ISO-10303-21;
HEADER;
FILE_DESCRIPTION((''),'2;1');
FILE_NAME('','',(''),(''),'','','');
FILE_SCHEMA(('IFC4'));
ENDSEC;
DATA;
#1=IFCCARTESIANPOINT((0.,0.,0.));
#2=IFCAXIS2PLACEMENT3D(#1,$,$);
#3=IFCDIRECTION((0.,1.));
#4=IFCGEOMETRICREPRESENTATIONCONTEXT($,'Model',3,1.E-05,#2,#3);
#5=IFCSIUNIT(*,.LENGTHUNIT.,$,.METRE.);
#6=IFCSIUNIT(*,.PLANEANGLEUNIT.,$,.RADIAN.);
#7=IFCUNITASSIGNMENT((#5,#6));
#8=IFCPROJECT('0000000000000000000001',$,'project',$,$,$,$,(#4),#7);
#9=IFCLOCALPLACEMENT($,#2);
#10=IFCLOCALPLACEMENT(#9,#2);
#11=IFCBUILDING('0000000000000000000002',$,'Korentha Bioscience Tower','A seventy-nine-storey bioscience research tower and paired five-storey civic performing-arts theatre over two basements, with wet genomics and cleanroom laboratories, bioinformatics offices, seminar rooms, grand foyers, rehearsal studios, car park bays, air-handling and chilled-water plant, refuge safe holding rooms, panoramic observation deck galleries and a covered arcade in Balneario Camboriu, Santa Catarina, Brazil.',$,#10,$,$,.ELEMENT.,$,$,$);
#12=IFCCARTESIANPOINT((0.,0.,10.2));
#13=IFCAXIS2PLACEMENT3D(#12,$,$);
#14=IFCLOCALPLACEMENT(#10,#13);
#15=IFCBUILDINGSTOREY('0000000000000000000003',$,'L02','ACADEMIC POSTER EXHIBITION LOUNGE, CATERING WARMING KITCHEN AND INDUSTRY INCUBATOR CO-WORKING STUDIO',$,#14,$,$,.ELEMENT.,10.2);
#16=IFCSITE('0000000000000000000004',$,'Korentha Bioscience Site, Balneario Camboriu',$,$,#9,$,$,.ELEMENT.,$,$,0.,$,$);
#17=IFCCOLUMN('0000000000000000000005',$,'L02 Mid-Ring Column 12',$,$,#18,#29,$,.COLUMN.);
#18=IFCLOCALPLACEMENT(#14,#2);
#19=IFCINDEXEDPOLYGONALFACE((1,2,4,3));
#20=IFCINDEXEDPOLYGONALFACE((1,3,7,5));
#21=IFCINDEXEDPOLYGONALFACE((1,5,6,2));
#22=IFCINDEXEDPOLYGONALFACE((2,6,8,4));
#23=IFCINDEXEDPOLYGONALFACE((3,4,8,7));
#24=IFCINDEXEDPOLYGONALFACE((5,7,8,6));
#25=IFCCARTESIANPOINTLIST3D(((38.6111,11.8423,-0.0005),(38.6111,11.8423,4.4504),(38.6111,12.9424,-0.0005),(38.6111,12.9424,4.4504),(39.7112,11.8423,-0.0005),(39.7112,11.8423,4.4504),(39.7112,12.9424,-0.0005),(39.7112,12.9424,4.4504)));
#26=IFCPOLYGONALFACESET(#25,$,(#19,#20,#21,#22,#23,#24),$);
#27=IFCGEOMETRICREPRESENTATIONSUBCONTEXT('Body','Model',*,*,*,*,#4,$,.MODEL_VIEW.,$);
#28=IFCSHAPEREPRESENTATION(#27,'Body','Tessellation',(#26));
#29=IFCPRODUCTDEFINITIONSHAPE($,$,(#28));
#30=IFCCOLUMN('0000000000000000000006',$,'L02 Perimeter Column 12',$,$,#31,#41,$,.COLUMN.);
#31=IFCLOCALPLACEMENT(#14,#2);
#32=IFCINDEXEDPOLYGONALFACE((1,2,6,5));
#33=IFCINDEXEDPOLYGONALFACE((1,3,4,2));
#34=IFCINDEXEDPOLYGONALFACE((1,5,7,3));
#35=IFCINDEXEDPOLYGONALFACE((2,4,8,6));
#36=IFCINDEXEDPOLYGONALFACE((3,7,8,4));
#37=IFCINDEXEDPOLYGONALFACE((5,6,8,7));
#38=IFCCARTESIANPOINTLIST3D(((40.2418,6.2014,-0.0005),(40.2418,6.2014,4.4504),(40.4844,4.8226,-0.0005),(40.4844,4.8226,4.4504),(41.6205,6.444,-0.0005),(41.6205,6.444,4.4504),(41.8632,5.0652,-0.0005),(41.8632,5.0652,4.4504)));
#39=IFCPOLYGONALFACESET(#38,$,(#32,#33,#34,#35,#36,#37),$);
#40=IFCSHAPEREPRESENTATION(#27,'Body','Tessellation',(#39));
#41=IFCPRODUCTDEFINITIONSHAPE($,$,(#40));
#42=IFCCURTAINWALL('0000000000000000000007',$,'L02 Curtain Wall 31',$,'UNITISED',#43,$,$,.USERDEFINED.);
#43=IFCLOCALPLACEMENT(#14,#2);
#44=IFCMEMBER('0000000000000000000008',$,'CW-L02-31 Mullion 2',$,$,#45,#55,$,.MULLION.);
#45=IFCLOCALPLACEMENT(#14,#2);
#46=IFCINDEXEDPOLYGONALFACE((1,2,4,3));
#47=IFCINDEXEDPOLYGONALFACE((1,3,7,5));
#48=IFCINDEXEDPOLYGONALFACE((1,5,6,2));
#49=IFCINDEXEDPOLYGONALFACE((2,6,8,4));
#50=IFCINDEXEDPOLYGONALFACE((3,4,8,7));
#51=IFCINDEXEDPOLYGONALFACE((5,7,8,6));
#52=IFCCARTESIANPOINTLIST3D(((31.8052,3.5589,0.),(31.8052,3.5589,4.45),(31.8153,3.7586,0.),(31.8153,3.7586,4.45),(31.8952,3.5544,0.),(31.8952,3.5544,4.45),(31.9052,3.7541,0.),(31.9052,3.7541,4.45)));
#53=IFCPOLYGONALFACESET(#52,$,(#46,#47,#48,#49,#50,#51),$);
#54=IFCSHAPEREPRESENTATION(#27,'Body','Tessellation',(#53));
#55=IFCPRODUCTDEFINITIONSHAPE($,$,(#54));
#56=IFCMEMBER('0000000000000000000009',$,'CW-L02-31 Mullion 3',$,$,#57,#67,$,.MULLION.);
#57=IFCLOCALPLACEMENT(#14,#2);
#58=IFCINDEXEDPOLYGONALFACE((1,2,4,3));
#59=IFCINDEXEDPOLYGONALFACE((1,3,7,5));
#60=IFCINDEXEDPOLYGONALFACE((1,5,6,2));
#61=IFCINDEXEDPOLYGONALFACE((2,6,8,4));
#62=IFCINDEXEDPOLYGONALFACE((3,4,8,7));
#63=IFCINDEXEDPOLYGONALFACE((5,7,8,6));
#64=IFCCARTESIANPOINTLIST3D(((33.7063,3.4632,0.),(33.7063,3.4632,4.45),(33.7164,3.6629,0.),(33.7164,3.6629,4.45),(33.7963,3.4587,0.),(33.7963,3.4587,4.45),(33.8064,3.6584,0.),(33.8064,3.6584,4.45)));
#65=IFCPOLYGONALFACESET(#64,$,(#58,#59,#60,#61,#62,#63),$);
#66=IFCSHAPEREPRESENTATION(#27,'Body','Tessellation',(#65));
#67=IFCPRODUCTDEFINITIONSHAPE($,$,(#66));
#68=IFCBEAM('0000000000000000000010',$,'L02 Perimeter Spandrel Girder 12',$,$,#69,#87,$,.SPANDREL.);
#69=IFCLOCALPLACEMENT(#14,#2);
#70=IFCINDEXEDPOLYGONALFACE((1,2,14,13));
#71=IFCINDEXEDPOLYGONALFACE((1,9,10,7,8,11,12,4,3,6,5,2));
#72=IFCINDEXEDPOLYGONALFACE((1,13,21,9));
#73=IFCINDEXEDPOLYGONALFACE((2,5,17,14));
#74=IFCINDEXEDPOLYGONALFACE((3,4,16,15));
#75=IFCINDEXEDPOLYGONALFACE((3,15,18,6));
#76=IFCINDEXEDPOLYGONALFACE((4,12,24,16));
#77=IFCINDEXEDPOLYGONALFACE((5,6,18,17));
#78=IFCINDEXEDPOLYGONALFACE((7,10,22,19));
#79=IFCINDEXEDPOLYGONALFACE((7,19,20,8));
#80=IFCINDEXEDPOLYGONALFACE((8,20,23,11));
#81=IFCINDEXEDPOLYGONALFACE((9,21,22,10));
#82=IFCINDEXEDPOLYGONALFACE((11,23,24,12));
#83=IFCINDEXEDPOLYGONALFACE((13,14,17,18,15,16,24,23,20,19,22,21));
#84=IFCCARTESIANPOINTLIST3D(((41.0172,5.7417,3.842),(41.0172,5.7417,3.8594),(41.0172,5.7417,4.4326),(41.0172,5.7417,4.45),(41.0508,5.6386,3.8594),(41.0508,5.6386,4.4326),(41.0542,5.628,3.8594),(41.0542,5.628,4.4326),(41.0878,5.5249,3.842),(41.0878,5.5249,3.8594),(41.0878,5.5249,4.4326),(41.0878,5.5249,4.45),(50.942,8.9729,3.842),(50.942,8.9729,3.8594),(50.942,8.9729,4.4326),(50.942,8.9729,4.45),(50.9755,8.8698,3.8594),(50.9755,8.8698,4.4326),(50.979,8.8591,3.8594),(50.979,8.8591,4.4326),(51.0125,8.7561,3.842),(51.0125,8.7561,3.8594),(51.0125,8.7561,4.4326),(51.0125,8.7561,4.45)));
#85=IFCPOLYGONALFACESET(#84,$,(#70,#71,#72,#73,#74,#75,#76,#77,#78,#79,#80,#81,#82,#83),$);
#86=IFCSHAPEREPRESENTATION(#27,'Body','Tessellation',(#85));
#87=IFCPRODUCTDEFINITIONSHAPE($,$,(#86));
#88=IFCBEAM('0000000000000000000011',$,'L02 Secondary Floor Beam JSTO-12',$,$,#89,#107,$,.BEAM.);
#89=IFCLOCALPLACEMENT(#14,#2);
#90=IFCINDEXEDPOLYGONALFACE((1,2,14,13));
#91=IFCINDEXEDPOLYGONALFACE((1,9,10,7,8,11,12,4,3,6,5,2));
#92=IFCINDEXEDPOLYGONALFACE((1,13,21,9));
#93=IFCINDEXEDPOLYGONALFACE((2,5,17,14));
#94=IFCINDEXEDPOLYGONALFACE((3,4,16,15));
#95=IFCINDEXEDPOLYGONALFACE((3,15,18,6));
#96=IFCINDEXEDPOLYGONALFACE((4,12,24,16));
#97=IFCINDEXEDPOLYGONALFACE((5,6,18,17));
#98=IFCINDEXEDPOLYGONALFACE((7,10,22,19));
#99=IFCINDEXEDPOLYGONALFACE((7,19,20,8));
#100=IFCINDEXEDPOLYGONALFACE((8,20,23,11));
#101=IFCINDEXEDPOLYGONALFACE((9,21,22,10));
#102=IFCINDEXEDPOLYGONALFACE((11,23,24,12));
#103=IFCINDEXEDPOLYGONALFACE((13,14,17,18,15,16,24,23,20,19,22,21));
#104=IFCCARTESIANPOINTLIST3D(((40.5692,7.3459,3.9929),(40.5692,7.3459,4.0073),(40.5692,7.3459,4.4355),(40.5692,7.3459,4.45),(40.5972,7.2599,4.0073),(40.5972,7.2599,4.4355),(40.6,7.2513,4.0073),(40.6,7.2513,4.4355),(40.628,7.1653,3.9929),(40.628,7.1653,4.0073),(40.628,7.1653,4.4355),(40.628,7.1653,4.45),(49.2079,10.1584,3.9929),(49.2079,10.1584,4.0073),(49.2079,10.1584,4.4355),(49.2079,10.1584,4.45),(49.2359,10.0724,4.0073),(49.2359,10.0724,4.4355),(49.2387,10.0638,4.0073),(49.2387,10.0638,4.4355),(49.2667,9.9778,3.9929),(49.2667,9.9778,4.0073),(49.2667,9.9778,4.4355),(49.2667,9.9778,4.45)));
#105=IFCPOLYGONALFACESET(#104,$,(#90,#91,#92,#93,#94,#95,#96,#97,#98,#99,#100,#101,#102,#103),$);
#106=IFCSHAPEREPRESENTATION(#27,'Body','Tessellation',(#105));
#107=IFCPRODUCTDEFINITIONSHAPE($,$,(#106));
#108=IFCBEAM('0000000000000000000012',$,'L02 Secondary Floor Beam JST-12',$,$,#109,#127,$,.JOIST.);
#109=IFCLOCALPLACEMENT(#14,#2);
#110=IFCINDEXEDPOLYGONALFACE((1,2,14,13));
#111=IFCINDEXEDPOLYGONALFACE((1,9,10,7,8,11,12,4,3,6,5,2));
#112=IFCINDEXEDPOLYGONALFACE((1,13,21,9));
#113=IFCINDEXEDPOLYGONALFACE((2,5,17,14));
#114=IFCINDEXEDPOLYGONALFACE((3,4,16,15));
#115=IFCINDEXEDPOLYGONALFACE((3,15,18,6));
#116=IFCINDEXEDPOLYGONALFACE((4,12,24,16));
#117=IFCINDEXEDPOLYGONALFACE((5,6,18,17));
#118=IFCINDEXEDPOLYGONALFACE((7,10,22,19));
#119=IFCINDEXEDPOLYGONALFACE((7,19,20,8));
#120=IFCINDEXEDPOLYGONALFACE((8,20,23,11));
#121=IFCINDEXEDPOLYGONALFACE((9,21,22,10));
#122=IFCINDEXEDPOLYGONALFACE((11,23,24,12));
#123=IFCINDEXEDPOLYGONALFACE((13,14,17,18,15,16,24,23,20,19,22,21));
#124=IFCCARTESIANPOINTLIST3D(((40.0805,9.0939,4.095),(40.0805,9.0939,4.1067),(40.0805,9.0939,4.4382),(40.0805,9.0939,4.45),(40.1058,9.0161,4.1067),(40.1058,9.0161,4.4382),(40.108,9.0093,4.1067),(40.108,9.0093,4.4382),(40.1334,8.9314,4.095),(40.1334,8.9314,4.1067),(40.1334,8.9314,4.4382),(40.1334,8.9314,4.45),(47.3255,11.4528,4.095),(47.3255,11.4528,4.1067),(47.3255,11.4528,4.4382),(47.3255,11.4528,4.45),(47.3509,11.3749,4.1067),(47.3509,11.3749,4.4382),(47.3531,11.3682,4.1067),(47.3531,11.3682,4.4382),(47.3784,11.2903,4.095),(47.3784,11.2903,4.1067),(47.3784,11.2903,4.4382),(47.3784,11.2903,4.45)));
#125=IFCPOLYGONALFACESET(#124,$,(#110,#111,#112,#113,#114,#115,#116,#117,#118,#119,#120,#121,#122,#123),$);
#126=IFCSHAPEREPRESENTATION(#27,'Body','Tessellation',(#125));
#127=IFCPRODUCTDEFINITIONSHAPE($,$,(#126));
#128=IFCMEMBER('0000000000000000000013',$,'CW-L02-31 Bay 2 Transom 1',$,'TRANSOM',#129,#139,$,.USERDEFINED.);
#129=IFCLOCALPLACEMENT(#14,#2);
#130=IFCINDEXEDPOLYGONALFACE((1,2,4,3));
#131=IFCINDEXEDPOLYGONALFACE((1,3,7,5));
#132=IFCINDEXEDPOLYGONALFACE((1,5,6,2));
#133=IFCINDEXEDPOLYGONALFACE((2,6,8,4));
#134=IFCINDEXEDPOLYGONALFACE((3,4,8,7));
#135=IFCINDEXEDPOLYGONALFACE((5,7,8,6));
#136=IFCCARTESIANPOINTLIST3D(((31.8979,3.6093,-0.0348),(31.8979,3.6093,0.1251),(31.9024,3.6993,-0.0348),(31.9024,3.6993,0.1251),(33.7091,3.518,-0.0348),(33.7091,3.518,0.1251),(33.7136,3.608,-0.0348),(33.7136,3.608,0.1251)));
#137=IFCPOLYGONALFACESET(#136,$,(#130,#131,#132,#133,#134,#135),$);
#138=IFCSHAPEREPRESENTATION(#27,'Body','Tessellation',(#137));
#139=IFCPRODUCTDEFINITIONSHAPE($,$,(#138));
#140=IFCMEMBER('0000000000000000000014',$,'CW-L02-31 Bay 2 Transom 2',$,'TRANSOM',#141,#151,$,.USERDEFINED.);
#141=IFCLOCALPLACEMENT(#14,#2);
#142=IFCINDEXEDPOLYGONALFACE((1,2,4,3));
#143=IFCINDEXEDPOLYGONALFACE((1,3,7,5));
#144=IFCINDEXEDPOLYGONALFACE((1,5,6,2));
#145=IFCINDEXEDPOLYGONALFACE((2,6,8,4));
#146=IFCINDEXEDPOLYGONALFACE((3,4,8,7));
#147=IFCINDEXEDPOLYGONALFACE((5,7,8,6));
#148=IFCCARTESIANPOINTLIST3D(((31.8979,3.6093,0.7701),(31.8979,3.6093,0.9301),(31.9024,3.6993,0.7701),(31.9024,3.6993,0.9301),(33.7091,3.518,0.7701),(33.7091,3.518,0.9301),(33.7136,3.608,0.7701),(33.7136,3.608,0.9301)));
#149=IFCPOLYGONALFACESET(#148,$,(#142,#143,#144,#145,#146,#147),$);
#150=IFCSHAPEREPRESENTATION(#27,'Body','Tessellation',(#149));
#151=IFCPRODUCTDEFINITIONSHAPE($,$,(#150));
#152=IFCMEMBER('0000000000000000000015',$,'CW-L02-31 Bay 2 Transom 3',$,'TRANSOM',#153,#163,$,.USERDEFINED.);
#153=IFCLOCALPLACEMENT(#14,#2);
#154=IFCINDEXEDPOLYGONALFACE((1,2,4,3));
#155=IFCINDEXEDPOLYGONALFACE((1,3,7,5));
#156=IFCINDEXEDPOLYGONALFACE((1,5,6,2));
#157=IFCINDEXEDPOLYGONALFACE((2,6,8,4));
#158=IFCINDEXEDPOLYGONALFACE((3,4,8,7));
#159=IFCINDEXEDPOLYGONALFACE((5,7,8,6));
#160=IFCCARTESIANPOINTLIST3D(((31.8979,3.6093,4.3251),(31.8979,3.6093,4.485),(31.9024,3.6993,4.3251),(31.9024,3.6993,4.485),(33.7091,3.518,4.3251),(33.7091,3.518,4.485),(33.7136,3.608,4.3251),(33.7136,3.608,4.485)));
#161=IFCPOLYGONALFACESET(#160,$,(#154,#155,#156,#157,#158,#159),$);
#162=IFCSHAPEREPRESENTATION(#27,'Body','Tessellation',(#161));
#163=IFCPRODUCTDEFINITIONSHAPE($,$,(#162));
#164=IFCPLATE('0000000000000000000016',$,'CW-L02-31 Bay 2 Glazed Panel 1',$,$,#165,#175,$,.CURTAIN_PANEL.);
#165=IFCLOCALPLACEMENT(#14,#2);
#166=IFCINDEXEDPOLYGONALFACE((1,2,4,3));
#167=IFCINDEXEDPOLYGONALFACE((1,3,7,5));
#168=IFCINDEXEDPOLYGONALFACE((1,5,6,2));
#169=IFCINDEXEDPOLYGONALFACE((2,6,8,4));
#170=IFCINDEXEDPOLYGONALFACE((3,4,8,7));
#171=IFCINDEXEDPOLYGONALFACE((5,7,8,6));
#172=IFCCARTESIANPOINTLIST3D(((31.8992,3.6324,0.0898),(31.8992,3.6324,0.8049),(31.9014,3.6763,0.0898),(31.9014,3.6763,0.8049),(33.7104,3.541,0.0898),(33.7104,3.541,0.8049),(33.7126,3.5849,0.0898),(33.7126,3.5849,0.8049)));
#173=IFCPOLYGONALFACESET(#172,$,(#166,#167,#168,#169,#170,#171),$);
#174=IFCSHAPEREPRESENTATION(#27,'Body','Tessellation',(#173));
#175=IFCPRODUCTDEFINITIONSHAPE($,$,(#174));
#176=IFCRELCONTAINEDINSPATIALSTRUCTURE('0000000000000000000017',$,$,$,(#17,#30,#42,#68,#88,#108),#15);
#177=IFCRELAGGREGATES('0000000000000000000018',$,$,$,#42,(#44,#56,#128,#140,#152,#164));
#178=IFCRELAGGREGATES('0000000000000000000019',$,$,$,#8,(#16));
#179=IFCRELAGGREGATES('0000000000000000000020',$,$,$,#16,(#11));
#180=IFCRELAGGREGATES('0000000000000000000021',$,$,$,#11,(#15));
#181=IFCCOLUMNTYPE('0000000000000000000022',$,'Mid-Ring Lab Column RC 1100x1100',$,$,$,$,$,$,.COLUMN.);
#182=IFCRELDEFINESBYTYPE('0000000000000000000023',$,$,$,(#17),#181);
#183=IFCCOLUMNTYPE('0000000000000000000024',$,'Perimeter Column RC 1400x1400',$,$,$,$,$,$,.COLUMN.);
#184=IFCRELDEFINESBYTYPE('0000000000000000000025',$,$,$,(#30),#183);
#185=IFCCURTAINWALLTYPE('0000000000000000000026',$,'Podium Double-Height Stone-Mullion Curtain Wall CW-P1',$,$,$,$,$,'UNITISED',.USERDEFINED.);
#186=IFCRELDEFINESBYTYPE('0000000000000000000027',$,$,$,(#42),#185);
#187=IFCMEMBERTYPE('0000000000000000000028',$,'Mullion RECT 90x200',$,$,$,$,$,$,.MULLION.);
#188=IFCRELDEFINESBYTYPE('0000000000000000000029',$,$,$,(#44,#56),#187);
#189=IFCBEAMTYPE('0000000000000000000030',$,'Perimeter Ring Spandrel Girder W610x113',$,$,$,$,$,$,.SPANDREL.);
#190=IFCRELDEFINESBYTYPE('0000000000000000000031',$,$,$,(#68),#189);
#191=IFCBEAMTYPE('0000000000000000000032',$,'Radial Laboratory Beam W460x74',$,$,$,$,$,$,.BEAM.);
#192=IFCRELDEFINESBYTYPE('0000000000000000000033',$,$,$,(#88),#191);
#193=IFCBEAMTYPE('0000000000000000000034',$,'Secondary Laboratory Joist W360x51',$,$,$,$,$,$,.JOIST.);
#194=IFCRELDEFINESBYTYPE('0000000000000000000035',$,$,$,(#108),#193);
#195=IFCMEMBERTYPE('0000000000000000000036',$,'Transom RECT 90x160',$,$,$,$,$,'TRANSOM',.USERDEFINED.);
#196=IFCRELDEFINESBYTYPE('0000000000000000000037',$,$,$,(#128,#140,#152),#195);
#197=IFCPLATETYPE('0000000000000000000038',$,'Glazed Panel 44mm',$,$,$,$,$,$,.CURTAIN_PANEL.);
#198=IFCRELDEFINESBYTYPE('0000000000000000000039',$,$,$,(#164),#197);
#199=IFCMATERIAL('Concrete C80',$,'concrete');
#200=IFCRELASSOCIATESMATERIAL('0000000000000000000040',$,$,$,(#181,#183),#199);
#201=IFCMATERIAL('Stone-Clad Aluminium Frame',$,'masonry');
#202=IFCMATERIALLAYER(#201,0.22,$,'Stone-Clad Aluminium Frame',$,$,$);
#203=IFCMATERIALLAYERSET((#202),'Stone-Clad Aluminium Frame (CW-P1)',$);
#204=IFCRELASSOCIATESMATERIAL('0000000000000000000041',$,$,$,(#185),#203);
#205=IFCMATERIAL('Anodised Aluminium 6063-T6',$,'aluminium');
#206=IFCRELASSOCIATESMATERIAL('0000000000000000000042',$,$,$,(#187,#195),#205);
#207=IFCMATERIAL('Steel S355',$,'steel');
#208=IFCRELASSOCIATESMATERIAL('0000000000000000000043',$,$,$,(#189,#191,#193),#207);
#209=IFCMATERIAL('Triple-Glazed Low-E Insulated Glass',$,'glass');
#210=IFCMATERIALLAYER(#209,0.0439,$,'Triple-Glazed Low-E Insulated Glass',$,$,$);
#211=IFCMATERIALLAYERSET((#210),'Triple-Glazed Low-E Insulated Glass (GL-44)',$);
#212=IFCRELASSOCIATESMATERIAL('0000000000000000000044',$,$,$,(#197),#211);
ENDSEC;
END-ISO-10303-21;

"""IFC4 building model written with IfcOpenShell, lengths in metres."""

from ifc_helpers import new_model, si_unit, direction, frame, origin, origin_2d, place, context, subcontext, project, spatial, rectangle, i_section, extrude, material, layer, layer_set, material_profile, profile_set, type_object, element, aggregate, save


model = new_model("IFC4")

# Units and contexts
model_context = context("Model", 3, precision=1e-05, world=origin(), true_north=direction((0.0, 1.0)))
body_context = subcontext(model_context, "Body", "Model", "MODEL_VIEW")
ifc_project = project(units=[si_unit("LENGTHUNIT", "METRE"), si_unit("PLANEANGLEUNIT", "RADIAN")], contexts=[model_context])

# Site, building, storey
site_placement = place(None, origin())
site = spatial("IfcSite", under=ifc_project, at=site_placement, Name="Korentha Bioscience Site, Balneario Camboriu", CompositionType="ELEMENT", RefElevation=0.0)
building_placement = place(site_placement, origin())
building = spatial("IfcBuilding", under=site, at=building_placement, Name="Korentha Bioscience Tower", Description="A seventy-nine-storey bioscience research tower and paired five-storey civic performing-arts theatre over two basements, with wet genomics and cleanroom laboratories, bioinformatics offices, seminar rooms, grand foyers, rehearsal studios, car park bays, air-handling and chilled-water plant, refuge safe holding rooms, panoramic observation deck galleries and a covered arcade in Balneario Camboriu, Santa Catarina, Brazil.", CompositionType="ELEMENT")
storey_placement = place(building_placement, frame((0.0, 0.0, 10.2)))
storey = spatial("IfcBuildingStorey", under=building, at=storey_placement, Name="L02", Description="ACADEMIC POSTER EXHIBITION LOUNGE, CATERING WARMING KITCHEN AND INDUSTRY INCUBATOR CO-WORKING STUDIO", CompositionType="ELEMENT", Elevation=10.2)

# Columns
ifc_material_1 = material(Name="Concrete C80", Category="concrete")
ifc_material_profile_1 = material_profile(ifc_material_1, rectangle(XDim=1.1001, YDim=1.1001, at=origin_2d()), Name="Concrete C80")
ifc_profile_set_1 = profile_set([ifc_material_profile_1], Name="Concrete C80 (COL-MR11)")
column_type_1 = type_object("IfcColumnType", Name="Mid-Ring Lab Column RC 1100x1100", PredefinedType="COLUMN", material=ifc_profile_set_1)
column_1_placement = place(storey_placement, frame((39.1611, 12.3923, -0.0005), z_axis=(0.0, 0.0, 1.0), x_axis=(1.0, 0.0, 0.0)))
element("IfcColumn", 1, at=column_1_placement, inside=storey, type_object=column_type_1, Name="L02 Mid-Ring Column 12", PredefinedType="COLUMN", context=body_context, shape_type="SweptSolid", body=[
    extrude(rectangle(XDim=1.1001, YDim=1.1001, at=origin_2d()), origin(), (0.0, 0.0, 1.0), 4.4509),
])
ifc_material_profile_2 = material_profile(ifc_material_1, rectangle(XDim=1.3999, YDim=1.3999, at=origin_2d()), Name="Concrete C80")
ifc_profile_set_2 = profile_set([ifc_material_profile_2], Name="Concrete C80 (COL-P14)")
column_type_2 = type_object("IfcColumnType", Name="Perimeter Column RC 1400x1400", PredefinedType="COLUMN", material=ifc_profile_set_2)
column_2_placement = place(storey_placement, frame((41.0525, 5.6333, -0.0005), z_axis=(0.0, 0.0, 1.0), x_axis=(0.984868, 0.173304, 0.0)))
element("IfcColumn", 2, at=column_2_placement, inside=storey, type_object=column_type_2, Name="L02 Perimeter Column 12", PredefinedType="COLUMN", context=body_context, shape_type="SweptSolid", body=[
    extrude(rectangle(XDim=1.3999, YDim=1.3999, at=origin_2d()), origin(), (0.0, 0.0, 1.0), 4.4509),
])

# Curtain wall, members
ifc_material_2 = material(Name="Stone-Clad Aluminium Frame", Category="masonry")
ifc_layer_1 = layer(ifc_material_2, 0.22, Name="Stone-Clad Aluminium Frame")
ifc_layer_set_1 = layer_set([ifc_layer_1], Name="Stone-Clad Aluminium Frame (CW-P1)")
curtain_wall_type = type_object("IfcCurtainWallType", Name="Podium Double-Height Stone-Mullion Curtain Wall CW-P1", ElementType="UNITISED", PredefinedType="USERDEFINED", material=ifc_layer_set_1)
curtain_wall_placement = place(storey_placement, origin())
curtain_wall = element("IfcCurtainWall", 3, at=curtain_wall_placement, inside=storey, type_object=curtain_wall_type, Name="L02 Curtain Wall 31", ObjectType="UNITISED", PredefinedType="USERDEFINED")
ifc_material_3 = material(Name="Anodised Aluminium 6063-T6", Category="aluminium")
ifc_material_profile_3 = material_profile(ifc_material_3, rectangle(XDim=0.0901, YDim=0.2, at=origin_2d()), Name="Anodised Aluminium 6063-T6")
ifc_profile_set_3 = profile_set([ifc_material_profile_3], Name="Anodised Aluminium 6063-T6 (CW-MUL)")
member_type_1 = type_object("IfcMemberType", Name="Mullion RECT 90x200", PredefinedType="MULLION", material=ifc_profile_set_3)
member_1_placement = place(storey_placement, frame((31.8552, 3.6565, 0.0), z_axis=(0.0, 0.0, 1.0), x_axis=(0.998731, -0.050371, 0.0)))
member_1 = element("IfcMember", 4, at=member_1_placement, type_object=member_type_1, Name="CW-L02-31 Mullion 2", PredefinedType="MULLION", context=body_context, shape_type="SweptSolid", body=[
    extrude(rectangle(XDim=0.0901, YDim=0.2, at=origin_2d()), origin(), (0.0, 0.0, 1.0), 4.45),
])
member_2_placement = place(storey_placement, frame((33.7563, 3.5608, 0.0), z_axis=(0.0, 0.0, 1.0), x_axis=(0.998731, -0.050371, 0.0)))
member_2 = element("IfcMember", 5, at=member_2_placement, type_object=member_type_1, Name="CW-L02-31 Mullion 3", PredefinedType="MULLION", context=body_context, shape_type="SweptSolid", body=[
    extrude(rectangle(XDim=0.0901, YDim=0.2, at=origin_2d()), origin(), (0.0, 0.0, 1.0), 4.45),
])

# Beams
ifc_material_4 = material(Name="Steel S355", Category="steel")
ifc_material_profile_4 = material_profile(ifc_material_4, i_section(OverallWidth=0.228, OverallDepth=0.6079, WebThickness=0.0112, FlangeThickness=0.0173, at=origin_2d()), Name="Steel S355")
ifc_profile_set_4 = profile_set([ifc_material_profile_4], Name="Steel S355 (SB-610)")
beam_type_1 = type_object("IfcBeamType", Name="Perimeter Ring Spandrel Girder W610x113", PredefinedType="SPANDREL", material=ifc_profile_set_4)
beam_1_placement = place(storey_placement, frame((41.0525, 5.6333, 4.146), z_axis=(0.950875, 0.309575, 0.0), x_axis=(-0.309575, 0.950875, 0.0)))
element("IfcBeam", 6, at=beam_1_placement, inside=storey, type_object=beam_type_1, Name="L02 Perimeter Spandrel Girder 12", PredefinedType="SPANDREL", context=body_context, shape_type="SweptSolid", body=[
    extrude(i_section(OverallWidth=0.228, OverallDepth=0.6079, WebThickness=0.0112, FlangeThickness=0.0173, at=origin_2d()), origin(), (0.0, 0.0, 1.0), 10.4375),
])
ifc_material_profile_5 = material_profile(ifc_material_4, i_section(OverallWidth=0.1899, OverallDepth=0.457, WebThickness=0.009, FlangeThickness=0.0144, at=origin_2d()), Name="Steel S355")
ifc_profile_set_5 = profile_set([ifc_material_profile_5], Name="Steel S355 (RB-460)")
beam_type_2 = type_object("IfcBeamType", Name="Radial Laboratory Beam W460x74", PredefinedType="BEAM", material=ifc_profile_set_5)
beam_2_placement = place(storey_placement, frame((40.5986, 7.2556, 4.2214), z_axis=(0.950874, 0.309577, 0.0), x_axis=(-0.309577, 0.950874, 0.0)))
element("IfcBeam", 7, at=beam_2_placement, inside=storey, type_object=beam_type_2, Name="L02 Secondary Floor Beam JSTO-12", PredefinedType="BEAM", context=body_context, shape_type="SweptSolid", body=[
    extrude(i_section(OverallWidth=0.1899, OverallDepth=0.457, WebThickness=0.009, FlangeThickness=0.0144, at=origin_2d()), origin(), (0.0, 0.0, 1.0), 9.085),
])
ifc_material_profile_6 = material_profile(ifc_material_4, i_section(OverallWidth=0.1709, OverallDepth=0.355, WebThickness=0.0071, FlangeThickness=0.0117, at=origin_2d()), Name="Steel S355")
ifc_profile_set_6 = profile_set([ifc_material_profile_6], Name="Steel S355 (JB-360)")
beam_type_3 = type_object("IfcBeamType", Name="Secondary Laboratory Joist W360x51", PredefinedType="JOIST", material=ifc_profile_set_6)
beam_3_placement = place(storey_placement, frame((40.1069, 9.0127, 4.2725), z_axis=(0.950871, 0.309587, 0.0), x_axis=(-0.309587, 0.950871, 0.0)))
element("IfcBeam", 8, at=beam_3_placement, inside=storey, type_object=beam_type_3, Name="L02 Secondary Floor Beam JST-12", PredefinedType="JOIST", context=body_context, shape_type="SweptSolid", body=[
    extrude(i_section(OverallWidth=0.1709, OverallDepth=0.355, WebThickness=0.0071, FlangeThickness=0.0117, at=origin_2d()), origin(), (0.0, 0.0, 1.0), 7.6194),
])

# Members
ifc_material_profile_7 = material_profile(ifc_material_3, rectangle(XDim=0.0901, YDim=0.1599, at=origin_2d()), Name="Anodised Aluminium 6063-T6")
ifc_profile_set_7 = profile_set([ifc_material_profile_7], Name="Anodised Aluminium 6063-T6 (CW-TRN)")
member_type_2 = type_object("IfcMemberType", Name="Transom RECT 90x160", ElementType="TRANSOM", PredefinedType="USERDEFINED", material=ifc_profile_set_7)
member_3_placement = place(storey_placement, frame((31.9001, 3.6543, 0.0452), z_axis=(0.998732, -0.050347, 0.0), x_axis=(0.050347, 0.998732, 0.0)))
member_3 = element("IfcMember", 9, at=member_3_placement, type_object=member_type_2, Name="CW-L02-31 Bay 2 Transom 1", ObjectType="TRANSOM", PredefinedType="USERDEFINED", context=body_context, shape_type="SweptSolid", body=[
    extrude(rectangle(XDim=0.0901, YDim=0.1599, at=origin_2d()), origin(), (0.0, 0.0, 1.0), 1.8135),
])
member_4_placement = place(storey_placement, frame((31.9001, 3.6543, 0.8501), z_axis=(0.998732, -0.050347, 0.0), x_axis=(0.050347, 0.998732, 0.0)))
member_4 = element("IfcMember", 10, at=member_4_placement, type_object=member_type_2, Name="CW-L02-31 Bay 2 Transom 2", ObjectType="TRANSOM", PredefinedType="USERDEFINED", context=body_context, shape_type="SweptSolid", body=[
    extrude(rectangle(XDim=0.0901, YDim=0.1599, at=origin_2d()), origin(), (0.0, 0.0, 1.0), 1.8135),
])
member_5_placement = place(storey_placement, frame((31.9001, 3.6543, 4.405), z_axis=(0.998732, -0.050347, 0.0), x_axis=(0.050347, 0.998732, 0.0)))
member_5 = element("IfcMember", 11, at=member_5_placement, type_object=member_type_2, Name="CW-L02-31 Bay 2 Transom 3", ObjectType="TRANSOM", PredefinedType="USERDEFINED", context=body_context, shape_type="SweptSolid", body=[
    extrude(rectangle(XDim=0.0901, YDim=0.1599, at=origin_2d()), origin(), (0.0, 0.0, 1.0), 1.8135),
])

# Plate
ifc_material_5 = material(Name="Triple-Glazed Low-E Insulated Glass", Category="glass")
ifc_layer_2 = layer(ifc_material_5, 0.0439, Name="Triple-Glazed Low-E Insulated Glass")
ifc_layer_set_2 = layer_set([ifc_layer_2], Name="Triple-Glazed Low-E Insulated Glass (GL-44)")
plate_type = type_object("IfcPlateType", Name="Glazed Panel 44mm", PredefinedType="CURTAIN_PANEL", material=ifc_layer_set_2)
plate_1_placement = place(storey_placement, frame((32.8059, 3.6086, 0.0898), z_axis=(0.0, 0.0, 1.0), x_axis=(0.998731, -0.050371, 0.0)))
plate_1 = element("IfcPlate", 12, at=plate_1_placement, type_object=plate_type, Name="CW-L02-31 Bay 2 Glazed Panel 1", PredefinedType="CURTAIN_PANEL", context=body_context, shape_type="SweptSolid", body=[
    extrude(rectangle(XDim=1.8135, YDim=0.0439, at=origin_2d()), origin(), (0.0, 0.0, 1.0), 0.7151),
])
aggregate(curtain_wall, [member_1, member_2, member_3, member_4, member_5, plate_1])

save(model, "model.ifc")
